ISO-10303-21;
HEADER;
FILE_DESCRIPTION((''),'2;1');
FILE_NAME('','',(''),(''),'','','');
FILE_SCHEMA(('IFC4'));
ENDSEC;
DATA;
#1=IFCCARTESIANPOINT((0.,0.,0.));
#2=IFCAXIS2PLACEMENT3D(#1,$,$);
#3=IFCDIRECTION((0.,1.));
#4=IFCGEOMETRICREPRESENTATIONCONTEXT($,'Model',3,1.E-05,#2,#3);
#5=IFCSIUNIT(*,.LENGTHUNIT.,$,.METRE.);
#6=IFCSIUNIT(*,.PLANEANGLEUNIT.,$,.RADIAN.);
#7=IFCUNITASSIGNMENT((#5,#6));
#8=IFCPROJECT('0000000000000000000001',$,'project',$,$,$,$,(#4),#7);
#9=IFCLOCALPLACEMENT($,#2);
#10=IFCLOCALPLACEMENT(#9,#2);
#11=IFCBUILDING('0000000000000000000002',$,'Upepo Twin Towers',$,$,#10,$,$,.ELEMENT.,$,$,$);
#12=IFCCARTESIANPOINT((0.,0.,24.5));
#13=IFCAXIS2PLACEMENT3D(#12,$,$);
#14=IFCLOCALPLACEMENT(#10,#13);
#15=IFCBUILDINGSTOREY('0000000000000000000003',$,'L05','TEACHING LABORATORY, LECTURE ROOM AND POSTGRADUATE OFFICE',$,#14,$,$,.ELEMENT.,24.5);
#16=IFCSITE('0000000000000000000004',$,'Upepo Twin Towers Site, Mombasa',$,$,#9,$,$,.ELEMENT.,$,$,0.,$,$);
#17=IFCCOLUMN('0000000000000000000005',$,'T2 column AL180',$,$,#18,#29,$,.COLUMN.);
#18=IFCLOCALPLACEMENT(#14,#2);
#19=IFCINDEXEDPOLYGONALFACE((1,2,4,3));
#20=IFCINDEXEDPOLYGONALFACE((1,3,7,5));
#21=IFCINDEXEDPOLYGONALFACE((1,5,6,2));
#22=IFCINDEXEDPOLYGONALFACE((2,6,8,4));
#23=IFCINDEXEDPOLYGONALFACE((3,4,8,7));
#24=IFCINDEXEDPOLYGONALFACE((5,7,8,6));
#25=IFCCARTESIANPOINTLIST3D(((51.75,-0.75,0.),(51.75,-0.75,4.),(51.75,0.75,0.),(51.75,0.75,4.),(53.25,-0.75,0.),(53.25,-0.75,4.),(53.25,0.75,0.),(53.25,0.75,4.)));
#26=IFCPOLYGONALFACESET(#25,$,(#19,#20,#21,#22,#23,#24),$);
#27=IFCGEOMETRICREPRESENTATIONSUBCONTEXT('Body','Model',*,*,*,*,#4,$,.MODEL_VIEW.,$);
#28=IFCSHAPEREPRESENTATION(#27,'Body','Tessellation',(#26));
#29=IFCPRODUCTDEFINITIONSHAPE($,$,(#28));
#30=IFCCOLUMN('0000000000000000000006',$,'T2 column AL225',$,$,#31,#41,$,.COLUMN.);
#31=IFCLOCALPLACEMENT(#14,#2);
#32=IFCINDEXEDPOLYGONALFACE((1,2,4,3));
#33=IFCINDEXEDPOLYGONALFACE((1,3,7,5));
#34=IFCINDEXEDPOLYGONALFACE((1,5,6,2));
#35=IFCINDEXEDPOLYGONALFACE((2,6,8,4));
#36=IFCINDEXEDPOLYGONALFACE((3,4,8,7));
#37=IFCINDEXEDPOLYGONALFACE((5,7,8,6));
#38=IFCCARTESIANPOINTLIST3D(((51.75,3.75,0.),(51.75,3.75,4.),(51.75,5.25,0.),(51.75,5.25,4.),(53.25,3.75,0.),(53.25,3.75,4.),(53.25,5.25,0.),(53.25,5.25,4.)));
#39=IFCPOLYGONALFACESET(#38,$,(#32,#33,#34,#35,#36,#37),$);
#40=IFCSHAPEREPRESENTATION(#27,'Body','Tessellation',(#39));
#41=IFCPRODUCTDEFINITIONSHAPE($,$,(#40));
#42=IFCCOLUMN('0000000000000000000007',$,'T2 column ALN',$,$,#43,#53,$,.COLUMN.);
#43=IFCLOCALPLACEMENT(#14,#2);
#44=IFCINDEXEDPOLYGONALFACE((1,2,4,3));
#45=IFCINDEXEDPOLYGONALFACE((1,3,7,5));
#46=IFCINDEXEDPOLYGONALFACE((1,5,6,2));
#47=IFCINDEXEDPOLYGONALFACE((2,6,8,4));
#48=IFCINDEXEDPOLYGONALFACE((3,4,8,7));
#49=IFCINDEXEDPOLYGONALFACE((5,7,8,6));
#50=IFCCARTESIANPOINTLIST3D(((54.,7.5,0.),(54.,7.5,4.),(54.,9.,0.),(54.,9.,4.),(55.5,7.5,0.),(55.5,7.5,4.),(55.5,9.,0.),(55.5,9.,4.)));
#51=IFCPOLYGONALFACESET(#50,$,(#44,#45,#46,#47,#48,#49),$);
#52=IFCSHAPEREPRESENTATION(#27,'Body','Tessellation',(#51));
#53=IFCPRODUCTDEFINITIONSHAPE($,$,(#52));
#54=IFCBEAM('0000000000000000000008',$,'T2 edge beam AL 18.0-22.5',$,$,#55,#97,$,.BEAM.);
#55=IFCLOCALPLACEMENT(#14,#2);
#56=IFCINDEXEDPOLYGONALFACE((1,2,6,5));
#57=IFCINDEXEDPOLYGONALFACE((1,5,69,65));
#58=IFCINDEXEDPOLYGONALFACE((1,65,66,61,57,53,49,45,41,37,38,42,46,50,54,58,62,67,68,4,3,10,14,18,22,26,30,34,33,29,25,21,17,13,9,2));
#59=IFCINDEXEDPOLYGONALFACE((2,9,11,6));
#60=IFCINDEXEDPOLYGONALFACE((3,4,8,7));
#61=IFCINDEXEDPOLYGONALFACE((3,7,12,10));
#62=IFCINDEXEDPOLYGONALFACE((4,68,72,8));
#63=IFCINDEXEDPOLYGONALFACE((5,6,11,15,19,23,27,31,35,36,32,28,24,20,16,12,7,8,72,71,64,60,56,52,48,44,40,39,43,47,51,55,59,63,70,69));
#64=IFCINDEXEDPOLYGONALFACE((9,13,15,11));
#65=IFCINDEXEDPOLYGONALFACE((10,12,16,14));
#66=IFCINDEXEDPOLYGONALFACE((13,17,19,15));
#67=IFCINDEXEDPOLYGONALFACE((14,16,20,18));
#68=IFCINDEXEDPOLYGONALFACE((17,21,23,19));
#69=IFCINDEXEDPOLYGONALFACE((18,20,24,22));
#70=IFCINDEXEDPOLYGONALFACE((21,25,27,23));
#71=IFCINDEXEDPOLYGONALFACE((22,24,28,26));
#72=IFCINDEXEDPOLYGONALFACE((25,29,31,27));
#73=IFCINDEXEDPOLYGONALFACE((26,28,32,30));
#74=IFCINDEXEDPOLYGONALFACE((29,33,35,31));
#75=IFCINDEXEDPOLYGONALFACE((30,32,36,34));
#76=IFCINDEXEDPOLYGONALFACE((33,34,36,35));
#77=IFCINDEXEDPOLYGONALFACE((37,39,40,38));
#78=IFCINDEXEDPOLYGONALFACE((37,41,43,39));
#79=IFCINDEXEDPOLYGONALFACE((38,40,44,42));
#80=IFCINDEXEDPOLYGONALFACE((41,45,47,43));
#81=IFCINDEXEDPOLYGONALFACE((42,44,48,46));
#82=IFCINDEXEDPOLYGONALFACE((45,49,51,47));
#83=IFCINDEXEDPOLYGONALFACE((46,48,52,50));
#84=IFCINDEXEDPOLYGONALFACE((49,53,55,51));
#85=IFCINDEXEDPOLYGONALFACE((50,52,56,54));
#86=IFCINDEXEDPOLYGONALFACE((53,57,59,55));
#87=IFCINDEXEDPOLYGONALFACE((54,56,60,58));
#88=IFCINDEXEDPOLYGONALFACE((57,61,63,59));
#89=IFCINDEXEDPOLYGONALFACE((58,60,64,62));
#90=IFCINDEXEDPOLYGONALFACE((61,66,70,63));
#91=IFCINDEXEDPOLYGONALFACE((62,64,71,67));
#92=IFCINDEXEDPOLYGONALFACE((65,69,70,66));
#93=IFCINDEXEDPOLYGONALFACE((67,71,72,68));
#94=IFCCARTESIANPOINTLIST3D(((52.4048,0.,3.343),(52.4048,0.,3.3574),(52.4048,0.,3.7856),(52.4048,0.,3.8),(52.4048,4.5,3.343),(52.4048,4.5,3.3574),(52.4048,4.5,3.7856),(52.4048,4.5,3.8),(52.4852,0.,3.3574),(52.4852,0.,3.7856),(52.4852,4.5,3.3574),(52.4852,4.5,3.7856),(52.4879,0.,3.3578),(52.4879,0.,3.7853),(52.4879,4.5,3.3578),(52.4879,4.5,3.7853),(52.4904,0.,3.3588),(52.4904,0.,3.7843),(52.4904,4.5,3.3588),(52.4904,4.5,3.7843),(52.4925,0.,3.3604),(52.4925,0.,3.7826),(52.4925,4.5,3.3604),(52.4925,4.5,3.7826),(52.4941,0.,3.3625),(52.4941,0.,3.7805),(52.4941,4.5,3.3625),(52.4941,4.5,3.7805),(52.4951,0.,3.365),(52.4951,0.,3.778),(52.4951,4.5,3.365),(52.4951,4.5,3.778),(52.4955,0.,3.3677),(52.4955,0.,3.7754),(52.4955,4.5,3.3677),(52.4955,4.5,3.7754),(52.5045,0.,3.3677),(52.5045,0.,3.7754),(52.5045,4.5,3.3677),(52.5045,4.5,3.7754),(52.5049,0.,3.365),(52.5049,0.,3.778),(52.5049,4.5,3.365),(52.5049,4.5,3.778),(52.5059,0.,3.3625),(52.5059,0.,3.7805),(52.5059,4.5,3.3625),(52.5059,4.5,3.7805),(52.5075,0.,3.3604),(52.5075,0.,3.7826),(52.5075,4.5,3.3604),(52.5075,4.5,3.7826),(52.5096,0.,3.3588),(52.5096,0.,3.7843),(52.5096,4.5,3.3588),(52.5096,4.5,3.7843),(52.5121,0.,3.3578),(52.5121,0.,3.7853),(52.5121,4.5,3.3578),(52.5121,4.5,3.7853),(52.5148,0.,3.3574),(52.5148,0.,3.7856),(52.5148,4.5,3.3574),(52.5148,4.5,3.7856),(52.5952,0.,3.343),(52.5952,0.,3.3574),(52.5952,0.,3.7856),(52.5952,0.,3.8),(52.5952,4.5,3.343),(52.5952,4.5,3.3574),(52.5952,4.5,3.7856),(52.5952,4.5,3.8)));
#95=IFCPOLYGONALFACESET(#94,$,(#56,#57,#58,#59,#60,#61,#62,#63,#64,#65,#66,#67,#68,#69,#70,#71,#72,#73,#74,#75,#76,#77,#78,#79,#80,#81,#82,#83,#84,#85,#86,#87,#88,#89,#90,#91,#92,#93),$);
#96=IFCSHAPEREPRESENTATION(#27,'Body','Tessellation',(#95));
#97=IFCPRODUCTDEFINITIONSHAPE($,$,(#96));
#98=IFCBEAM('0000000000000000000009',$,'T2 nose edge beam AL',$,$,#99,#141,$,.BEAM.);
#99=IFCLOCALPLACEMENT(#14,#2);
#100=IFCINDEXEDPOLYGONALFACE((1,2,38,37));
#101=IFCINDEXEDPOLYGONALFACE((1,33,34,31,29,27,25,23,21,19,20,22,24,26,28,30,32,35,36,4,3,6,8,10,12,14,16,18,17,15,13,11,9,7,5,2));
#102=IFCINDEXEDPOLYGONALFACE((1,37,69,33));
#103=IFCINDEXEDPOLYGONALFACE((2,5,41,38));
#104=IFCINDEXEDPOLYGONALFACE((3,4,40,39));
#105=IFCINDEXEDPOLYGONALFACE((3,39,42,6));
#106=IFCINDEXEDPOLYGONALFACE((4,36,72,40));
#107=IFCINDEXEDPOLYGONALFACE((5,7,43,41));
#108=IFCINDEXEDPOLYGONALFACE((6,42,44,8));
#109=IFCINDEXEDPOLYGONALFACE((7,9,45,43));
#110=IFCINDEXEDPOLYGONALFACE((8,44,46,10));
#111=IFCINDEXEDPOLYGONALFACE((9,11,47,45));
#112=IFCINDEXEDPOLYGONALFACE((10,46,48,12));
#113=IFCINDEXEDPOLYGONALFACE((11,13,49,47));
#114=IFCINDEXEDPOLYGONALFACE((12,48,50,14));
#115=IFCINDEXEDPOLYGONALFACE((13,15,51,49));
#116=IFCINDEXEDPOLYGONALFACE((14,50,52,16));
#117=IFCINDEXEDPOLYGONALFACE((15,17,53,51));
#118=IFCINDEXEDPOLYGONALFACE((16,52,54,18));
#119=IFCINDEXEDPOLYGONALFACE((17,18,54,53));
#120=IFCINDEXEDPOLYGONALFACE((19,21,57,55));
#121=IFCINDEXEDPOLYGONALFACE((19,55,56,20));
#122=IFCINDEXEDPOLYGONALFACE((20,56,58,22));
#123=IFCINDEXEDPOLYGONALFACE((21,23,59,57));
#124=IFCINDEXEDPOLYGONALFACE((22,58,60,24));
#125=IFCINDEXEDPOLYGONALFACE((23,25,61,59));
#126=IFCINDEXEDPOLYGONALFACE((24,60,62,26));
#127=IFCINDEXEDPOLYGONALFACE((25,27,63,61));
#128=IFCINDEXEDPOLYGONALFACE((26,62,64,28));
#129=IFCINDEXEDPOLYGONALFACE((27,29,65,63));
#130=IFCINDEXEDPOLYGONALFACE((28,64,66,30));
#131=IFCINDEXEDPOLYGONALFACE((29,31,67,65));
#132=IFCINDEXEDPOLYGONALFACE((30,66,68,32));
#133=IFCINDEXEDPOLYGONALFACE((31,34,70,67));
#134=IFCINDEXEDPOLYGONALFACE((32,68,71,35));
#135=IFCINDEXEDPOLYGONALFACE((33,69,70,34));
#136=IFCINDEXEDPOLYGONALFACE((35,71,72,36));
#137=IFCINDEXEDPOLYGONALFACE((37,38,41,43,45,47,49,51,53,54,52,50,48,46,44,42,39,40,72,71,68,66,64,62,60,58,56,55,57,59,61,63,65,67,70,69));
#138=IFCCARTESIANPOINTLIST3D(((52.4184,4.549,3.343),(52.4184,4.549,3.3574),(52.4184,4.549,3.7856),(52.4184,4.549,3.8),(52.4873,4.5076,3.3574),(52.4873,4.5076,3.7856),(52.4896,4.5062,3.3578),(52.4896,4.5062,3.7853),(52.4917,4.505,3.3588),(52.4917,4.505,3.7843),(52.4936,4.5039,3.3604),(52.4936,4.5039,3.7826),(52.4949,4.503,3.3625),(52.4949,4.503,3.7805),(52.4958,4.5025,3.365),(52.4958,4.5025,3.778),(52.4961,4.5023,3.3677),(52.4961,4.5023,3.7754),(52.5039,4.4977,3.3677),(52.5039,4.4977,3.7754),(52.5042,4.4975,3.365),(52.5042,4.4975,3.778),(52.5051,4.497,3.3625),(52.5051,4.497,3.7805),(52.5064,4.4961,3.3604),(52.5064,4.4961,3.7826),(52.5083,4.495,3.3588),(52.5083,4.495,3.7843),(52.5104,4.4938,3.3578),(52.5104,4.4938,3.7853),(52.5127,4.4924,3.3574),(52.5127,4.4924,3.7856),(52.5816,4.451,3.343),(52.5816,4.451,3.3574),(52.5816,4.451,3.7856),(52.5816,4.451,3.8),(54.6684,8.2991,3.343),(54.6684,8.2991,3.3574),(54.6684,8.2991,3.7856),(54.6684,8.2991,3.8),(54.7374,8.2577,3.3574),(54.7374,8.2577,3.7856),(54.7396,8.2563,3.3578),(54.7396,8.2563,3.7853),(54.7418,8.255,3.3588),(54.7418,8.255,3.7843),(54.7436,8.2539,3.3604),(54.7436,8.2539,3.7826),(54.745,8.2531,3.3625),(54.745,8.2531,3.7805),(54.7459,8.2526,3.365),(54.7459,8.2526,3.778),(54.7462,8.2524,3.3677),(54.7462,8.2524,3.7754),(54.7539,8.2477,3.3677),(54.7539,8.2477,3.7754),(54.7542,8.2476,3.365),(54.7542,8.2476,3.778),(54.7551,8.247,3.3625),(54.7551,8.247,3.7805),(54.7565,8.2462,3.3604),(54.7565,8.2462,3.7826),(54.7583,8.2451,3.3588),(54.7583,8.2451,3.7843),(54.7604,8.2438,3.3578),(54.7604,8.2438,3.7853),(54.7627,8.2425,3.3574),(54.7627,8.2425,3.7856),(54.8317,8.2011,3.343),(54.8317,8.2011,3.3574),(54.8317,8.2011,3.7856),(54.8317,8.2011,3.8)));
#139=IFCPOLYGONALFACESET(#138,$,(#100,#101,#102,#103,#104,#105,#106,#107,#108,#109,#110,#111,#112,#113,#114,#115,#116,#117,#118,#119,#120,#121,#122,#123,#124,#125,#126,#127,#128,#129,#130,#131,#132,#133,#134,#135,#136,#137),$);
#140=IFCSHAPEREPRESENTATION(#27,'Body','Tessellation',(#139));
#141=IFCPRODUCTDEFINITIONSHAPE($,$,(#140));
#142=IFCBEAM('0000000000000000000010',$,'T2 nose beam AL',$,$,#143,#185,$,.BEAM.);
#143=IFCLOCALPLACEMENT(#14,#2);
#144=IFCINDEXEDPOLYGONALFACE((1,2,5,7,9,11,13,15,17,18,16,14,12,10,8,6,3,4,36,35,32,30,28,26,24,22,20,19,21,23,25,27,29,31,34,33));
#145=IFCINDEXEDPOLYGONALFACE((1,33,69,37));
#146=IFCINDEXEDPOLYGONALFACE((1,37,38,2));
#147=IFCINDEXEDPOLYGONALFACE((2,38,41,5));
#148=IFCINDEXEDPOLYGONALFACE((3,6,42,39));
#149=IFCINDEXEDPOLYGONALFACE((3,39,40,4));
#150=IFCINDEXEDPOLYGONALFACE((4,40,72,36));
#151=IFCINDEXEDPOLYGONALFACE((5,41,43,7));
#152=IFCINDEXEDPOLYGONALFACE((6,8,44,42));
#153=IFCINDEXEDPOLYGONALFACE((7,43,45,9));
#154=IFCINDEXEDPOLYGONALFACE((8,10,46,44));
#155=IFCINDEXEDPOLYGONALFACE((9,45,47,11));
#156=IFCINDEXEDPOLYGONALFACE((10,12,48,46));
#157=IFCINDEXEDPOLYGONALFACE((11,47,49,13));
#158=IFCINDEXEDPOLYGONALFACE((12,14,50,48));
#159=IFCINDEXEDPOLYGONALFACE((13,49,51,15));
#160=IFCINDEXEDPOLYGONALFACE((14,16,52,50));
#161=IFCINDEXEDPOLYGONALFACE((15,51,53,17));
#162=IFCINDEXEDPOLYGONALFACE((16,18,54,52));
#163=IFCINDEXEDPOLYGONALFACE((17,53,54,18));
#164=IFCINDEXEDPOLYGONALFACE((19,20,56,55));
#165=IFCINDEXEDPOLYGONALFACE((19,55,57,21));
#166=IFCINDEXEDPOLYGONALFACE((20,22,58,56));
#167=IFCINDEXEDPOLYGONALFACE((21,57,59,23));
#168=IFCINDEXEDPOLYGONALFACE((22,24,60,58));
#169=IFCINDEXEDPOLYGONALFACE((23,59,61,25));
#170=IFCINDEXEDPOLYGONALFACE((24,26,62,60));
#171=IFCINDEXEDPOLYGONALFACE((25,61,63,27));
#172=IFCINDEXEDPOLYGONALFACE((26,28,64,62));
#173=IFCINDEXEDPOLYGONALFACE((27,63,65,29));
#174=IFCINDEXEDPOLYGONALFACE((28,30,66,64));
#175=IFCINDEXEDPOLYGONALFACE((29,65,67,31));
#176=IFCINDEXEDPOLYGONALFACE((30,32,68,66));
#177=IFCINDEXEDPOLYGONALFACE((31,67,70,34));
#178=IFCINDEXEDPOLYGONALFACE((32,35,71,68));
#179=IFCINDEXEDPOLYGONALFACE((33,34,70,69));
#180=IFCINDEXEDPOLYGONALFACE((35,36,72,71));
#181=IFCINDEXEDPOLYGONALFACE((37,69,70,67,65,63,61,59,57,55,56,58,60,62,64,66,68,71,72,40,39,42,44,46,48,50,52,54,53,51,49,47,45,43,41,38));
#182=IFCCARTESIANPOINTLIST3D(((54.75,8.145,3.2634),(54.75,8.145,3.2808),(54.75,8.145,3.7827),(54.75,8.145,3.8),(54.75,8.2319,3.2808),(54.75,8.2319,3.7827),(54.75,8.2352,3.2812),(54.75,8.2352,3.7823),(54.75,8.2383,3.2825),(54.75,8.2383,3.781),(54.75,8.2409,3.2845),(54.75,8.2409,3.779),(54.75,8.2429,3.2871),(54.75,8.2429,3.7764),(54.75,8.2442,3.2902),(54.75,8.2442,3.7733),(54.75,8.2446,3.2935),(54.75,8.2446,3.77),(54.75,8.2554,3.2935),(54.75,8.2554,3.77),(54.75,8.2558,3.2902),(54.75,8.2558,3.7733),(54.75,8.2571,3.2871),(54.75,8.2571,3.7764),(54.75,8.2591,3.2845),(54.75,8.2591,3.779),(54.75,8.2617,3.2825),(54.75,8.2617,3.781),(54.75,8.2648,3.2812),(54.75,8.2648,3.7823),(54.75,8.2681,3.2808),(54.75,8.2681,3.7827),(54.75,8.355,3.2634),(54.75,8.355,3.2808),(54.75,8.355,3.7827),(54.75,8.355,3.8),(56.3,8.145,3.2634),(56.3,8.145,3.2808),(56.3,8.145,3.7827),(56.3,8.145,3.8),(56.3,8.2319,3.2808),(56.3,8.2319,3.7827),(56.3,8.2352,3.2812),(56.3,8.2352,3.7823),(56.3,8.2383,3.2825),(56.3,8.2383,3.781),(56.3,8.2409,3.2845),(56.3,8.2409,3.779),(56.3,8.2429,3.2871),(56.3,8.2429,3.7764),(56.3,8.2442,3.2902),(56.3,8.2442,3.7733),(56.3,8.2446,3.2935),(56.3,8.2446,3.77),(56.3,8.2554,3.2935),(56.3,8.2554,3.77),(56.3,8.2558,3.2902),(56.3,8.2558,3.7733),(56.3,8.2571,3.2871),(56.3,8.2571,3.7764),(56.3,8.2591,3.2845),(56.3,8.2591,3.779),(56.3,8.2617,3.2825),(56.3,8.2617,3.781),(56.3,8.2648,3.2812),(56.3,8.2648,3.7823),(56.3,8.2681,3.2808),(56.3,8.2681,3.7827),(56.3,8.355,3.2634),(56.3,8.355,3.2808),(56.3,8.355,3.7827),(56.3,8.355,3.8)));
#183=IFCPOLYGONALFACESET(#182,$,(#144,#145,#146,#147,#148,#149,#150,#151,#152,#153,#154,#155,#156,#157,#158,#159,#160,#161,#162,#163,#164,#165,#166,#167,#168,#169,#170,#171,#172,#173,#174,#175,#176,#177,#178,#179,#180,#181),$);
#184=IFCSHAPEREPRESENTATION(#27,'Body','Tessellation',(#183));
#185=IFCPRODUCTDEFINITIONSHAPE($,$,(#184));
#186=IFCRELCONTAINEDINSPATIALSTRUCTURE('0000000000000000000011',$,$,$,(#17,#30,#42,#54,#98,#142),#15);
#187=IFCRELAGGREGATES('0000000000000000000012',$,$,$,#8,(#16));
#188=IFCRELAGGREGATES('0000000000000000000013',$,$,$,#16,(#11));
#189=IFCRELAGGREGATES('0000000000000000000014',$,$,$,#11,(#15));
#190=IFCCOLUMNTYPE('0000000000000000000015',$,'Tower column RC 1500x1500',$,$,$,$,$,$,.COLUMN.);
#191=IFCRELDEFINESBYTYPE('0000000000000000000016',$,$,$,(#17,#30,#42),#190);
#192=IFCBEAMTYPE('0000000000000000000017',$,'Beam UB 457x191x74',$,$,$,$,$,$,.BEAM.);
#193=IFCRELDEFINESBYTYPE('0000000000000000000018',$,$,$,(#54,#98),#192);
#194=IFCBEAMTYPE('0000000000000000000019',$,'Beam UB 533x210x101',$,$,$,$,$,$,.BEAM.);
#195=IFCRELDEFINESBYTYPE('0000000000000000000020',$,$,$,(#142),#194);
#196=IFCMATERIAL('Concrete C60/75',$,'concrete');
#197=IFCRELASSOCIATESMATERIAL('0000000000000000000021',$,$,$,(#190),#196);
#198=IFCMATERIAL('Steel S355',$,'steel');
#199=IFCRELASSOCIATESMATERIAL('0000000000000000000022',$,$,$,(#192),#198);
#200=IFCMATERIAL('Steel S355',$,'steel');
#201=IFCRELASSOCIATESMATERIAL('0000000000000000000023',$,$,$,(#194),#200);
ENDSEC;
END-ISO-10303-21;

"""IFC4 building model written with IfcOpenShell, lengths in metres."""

from ifc_helpers import new_model, si_unit, direction, frame, origin, origin_2d, place, context, subcontext, project, spatial, rectangle, i_section, extrude, material, material_profile, profile_set, type_object, element, save


model = new_model("IFC4")

# Units and contexts
model_context = context("Model", 3, precision=1e-05, world=origin(), true_north=direction((0.0, 1.0)))
body_context = subcontext(model_context, "Body", "Model", "MODEL_VIEW")
ifc_project = project(units=[si_unit("LENGTHUNIT", "METRE"), si_unit("PLANEANGLEUNIT", "RADIAN")], contexts=[model_context])

# Site, building, storey
site_placement = place(None, origin())
site = spatial("IfcSite", under=ifc_project, at=site_placement, Name="Upepo Twin Towers Site, Mombasa", CompositionType="ELEMENT", RefElevation=0.0)
building_placement = place(site_placement, origin())
building = spatial("IfcBuilding", under=site, at=building_placement, Name="Upepo Twin Towers", CompositionType="ELEMENT")
storey_placement = place(building_placement, frame((0.0, 0.0, 24.5)))
storey = spatial("IfcBuildingStorey", under=building, at=storey_placement, Name="L05", Description="TEACHING LABORATORY, LECTURE ROOM AND POSTGRADUATE OFFICE", CompositionType="ELEMENT", Elevation=24.5)

# Columns
ifc_material_1 = material(Name="Concrete C60/75", Category="concrete")
ifc_material_profile_1 = material_profile(ifc_material_1, rectangle(XDim=1.5, YDim=1.5, at=origin_2d()), Name="RC 1500x1500")
ifc_profile_set_1 = profile_set([ifc_material_profile_1], Name="Concrete C60/75")
column_type = type_object("IfcColumnType", Name="Tower column RC 1500x1500", PredefinedType="COLUMN", material=ifc_profile_set_1)
for number, where, z_axis, x_axis, name in (
    (1, (52.5, 0.0, 0.0), (0.0, 0.0, 1.0), (1.0, 0.0, 0.0), "T2 column AL180"),
    (2, (52.5, 4.5, 0.0), (0.0, 0.0, 1.0), (1.0, 0.0, 0.0), "T2 column AL225"),
    (3, (54.75, 8.25, 0.0), (0.0, 0.0, 1.0), (1.0, 0.0, 0.0), "T2 column ALN"),
):
    element("IfcColumn", number, at=place(storey_placement, frame(where, z_axis=z_axis, x_axis=x_axis)), inside=storey, type_object=column_type, Name=name, PredefinedType="COLUMN", context=body_context, shape_type="SweptSolid", body=[
        extrude(rectangle(XDim=1.5, YDim=1.5, at=origin_2d()), origin(), (0.0, 0.0, 1.0), 4.0),
    ])

# Beams
ifc_material_2 = material(Name="Steel S355", Category="steel")
ifc_material_profile_2 = material_profile(ifc_material_2, i_section(OverallWidth=0.1904, OverallDepth=0.457, WebThickness=0.009, FlangeThickness=0.0144, FilletRadius=0.0103, at=origin_2d()), Name="UB 457x191x74")
ifc_profile_set_2 = profile_set([ifc_material_profile_2], Name="Steel S355")
beam_type_1 = type_object("IfcBeamType", Name="Beam UB 457x191x74", PredefinedType="BEAM", material=ifc_profile_set_2)
beam_1_placement = place(storey_placement, frame((52.5, 0.0, 3.5715), z_axis=(0.0, 1.0, 0.0), x_axis=(-1.0, 0.0, 0.0)))
element("IfcBeam", 4, at=beam_1_placement, inside=storey, type_object=beam_type_1, Name="T2 edge beam AL 18.0-22.5", PredefinedType="BEAM", context=body_context, shape_type="SweptSolid", body=[
    extrude(i_section(OverallWidth=0.1904, OverallDepth=0.457, WebThickness=0.009, FlangeThickness=0.0144, FilletRadius=0.0103, at=origin_2d()), origin(), (0.0, 0.0, 1.0), 4.5),
])
beam_2_placement = place(storey_placement, frame((52.5, 4.5, 3.5715), z_axis=(0.514496, 0.857493, 0.0), x_axis=(-0.857493, 0.514496, 0.0)))
element("IfcBeam", 5, at=beam_2_placement, inside=storey, type_object=beam_type_1, Name="T2 nose edge beam AL", PredefinedType="BEAM", context=body_context, shape_type="SweptSolid", body=[
    extrude(i_section(OverallWidth=0.1904, OverallDepth=0.457, WebThickness=0.009, FlangeThickness=0.0144, FilletRadius=0.0103, at=origin_2d()), origin(), (0.0, 0.0, 1.0), 4.3733),
])
ifc_material_3 = material(Name="Steel S355", Category="steel")
ifc_material_profile_3 = material_profile(ifc_material_3, i_section(OverallWidth=0.21, OverallDepth=0.5366, WebThickness=0.0107, FlangeThickness=0.0173, FilletRadius=0.0127, at=origin_2d()), Name="UB 533x210x101")
ifc_profile_set_3 = profile_set([ifc_material_profile_3], Name="Steel S355")
beam_type_2 = type_object("IfcBeamType", Name="Beam UB 533x210x101", PredefinedType="BEAM", material=ifc_profile_set_3)
beam_3_placement = place(storey_placement, frame((54.75, 8.25, 3.5317), z_axis=(1.0, 0.0, 0.0), x_axis=(0.0, 1.0, 0.0)))
element("IfcBeam", 6, at=beam_3_placement, inside=storey, type_object=beam_type_2, Name="T2 nose beam AL", PredefinedType="BEAM", context=body_context, shape_type="SweptSolid", body=[
    extrude(i_section(OverallWidth=0.21, OverallDepth=0.5366, WebThickness=0.0107, FlangeThickness=0.0173, FilletRadius=0.0127, at=origin_2d()), origin(), (0.0, 0.0, 1.0), 1.55),
])

save(model, "model.ifc")
